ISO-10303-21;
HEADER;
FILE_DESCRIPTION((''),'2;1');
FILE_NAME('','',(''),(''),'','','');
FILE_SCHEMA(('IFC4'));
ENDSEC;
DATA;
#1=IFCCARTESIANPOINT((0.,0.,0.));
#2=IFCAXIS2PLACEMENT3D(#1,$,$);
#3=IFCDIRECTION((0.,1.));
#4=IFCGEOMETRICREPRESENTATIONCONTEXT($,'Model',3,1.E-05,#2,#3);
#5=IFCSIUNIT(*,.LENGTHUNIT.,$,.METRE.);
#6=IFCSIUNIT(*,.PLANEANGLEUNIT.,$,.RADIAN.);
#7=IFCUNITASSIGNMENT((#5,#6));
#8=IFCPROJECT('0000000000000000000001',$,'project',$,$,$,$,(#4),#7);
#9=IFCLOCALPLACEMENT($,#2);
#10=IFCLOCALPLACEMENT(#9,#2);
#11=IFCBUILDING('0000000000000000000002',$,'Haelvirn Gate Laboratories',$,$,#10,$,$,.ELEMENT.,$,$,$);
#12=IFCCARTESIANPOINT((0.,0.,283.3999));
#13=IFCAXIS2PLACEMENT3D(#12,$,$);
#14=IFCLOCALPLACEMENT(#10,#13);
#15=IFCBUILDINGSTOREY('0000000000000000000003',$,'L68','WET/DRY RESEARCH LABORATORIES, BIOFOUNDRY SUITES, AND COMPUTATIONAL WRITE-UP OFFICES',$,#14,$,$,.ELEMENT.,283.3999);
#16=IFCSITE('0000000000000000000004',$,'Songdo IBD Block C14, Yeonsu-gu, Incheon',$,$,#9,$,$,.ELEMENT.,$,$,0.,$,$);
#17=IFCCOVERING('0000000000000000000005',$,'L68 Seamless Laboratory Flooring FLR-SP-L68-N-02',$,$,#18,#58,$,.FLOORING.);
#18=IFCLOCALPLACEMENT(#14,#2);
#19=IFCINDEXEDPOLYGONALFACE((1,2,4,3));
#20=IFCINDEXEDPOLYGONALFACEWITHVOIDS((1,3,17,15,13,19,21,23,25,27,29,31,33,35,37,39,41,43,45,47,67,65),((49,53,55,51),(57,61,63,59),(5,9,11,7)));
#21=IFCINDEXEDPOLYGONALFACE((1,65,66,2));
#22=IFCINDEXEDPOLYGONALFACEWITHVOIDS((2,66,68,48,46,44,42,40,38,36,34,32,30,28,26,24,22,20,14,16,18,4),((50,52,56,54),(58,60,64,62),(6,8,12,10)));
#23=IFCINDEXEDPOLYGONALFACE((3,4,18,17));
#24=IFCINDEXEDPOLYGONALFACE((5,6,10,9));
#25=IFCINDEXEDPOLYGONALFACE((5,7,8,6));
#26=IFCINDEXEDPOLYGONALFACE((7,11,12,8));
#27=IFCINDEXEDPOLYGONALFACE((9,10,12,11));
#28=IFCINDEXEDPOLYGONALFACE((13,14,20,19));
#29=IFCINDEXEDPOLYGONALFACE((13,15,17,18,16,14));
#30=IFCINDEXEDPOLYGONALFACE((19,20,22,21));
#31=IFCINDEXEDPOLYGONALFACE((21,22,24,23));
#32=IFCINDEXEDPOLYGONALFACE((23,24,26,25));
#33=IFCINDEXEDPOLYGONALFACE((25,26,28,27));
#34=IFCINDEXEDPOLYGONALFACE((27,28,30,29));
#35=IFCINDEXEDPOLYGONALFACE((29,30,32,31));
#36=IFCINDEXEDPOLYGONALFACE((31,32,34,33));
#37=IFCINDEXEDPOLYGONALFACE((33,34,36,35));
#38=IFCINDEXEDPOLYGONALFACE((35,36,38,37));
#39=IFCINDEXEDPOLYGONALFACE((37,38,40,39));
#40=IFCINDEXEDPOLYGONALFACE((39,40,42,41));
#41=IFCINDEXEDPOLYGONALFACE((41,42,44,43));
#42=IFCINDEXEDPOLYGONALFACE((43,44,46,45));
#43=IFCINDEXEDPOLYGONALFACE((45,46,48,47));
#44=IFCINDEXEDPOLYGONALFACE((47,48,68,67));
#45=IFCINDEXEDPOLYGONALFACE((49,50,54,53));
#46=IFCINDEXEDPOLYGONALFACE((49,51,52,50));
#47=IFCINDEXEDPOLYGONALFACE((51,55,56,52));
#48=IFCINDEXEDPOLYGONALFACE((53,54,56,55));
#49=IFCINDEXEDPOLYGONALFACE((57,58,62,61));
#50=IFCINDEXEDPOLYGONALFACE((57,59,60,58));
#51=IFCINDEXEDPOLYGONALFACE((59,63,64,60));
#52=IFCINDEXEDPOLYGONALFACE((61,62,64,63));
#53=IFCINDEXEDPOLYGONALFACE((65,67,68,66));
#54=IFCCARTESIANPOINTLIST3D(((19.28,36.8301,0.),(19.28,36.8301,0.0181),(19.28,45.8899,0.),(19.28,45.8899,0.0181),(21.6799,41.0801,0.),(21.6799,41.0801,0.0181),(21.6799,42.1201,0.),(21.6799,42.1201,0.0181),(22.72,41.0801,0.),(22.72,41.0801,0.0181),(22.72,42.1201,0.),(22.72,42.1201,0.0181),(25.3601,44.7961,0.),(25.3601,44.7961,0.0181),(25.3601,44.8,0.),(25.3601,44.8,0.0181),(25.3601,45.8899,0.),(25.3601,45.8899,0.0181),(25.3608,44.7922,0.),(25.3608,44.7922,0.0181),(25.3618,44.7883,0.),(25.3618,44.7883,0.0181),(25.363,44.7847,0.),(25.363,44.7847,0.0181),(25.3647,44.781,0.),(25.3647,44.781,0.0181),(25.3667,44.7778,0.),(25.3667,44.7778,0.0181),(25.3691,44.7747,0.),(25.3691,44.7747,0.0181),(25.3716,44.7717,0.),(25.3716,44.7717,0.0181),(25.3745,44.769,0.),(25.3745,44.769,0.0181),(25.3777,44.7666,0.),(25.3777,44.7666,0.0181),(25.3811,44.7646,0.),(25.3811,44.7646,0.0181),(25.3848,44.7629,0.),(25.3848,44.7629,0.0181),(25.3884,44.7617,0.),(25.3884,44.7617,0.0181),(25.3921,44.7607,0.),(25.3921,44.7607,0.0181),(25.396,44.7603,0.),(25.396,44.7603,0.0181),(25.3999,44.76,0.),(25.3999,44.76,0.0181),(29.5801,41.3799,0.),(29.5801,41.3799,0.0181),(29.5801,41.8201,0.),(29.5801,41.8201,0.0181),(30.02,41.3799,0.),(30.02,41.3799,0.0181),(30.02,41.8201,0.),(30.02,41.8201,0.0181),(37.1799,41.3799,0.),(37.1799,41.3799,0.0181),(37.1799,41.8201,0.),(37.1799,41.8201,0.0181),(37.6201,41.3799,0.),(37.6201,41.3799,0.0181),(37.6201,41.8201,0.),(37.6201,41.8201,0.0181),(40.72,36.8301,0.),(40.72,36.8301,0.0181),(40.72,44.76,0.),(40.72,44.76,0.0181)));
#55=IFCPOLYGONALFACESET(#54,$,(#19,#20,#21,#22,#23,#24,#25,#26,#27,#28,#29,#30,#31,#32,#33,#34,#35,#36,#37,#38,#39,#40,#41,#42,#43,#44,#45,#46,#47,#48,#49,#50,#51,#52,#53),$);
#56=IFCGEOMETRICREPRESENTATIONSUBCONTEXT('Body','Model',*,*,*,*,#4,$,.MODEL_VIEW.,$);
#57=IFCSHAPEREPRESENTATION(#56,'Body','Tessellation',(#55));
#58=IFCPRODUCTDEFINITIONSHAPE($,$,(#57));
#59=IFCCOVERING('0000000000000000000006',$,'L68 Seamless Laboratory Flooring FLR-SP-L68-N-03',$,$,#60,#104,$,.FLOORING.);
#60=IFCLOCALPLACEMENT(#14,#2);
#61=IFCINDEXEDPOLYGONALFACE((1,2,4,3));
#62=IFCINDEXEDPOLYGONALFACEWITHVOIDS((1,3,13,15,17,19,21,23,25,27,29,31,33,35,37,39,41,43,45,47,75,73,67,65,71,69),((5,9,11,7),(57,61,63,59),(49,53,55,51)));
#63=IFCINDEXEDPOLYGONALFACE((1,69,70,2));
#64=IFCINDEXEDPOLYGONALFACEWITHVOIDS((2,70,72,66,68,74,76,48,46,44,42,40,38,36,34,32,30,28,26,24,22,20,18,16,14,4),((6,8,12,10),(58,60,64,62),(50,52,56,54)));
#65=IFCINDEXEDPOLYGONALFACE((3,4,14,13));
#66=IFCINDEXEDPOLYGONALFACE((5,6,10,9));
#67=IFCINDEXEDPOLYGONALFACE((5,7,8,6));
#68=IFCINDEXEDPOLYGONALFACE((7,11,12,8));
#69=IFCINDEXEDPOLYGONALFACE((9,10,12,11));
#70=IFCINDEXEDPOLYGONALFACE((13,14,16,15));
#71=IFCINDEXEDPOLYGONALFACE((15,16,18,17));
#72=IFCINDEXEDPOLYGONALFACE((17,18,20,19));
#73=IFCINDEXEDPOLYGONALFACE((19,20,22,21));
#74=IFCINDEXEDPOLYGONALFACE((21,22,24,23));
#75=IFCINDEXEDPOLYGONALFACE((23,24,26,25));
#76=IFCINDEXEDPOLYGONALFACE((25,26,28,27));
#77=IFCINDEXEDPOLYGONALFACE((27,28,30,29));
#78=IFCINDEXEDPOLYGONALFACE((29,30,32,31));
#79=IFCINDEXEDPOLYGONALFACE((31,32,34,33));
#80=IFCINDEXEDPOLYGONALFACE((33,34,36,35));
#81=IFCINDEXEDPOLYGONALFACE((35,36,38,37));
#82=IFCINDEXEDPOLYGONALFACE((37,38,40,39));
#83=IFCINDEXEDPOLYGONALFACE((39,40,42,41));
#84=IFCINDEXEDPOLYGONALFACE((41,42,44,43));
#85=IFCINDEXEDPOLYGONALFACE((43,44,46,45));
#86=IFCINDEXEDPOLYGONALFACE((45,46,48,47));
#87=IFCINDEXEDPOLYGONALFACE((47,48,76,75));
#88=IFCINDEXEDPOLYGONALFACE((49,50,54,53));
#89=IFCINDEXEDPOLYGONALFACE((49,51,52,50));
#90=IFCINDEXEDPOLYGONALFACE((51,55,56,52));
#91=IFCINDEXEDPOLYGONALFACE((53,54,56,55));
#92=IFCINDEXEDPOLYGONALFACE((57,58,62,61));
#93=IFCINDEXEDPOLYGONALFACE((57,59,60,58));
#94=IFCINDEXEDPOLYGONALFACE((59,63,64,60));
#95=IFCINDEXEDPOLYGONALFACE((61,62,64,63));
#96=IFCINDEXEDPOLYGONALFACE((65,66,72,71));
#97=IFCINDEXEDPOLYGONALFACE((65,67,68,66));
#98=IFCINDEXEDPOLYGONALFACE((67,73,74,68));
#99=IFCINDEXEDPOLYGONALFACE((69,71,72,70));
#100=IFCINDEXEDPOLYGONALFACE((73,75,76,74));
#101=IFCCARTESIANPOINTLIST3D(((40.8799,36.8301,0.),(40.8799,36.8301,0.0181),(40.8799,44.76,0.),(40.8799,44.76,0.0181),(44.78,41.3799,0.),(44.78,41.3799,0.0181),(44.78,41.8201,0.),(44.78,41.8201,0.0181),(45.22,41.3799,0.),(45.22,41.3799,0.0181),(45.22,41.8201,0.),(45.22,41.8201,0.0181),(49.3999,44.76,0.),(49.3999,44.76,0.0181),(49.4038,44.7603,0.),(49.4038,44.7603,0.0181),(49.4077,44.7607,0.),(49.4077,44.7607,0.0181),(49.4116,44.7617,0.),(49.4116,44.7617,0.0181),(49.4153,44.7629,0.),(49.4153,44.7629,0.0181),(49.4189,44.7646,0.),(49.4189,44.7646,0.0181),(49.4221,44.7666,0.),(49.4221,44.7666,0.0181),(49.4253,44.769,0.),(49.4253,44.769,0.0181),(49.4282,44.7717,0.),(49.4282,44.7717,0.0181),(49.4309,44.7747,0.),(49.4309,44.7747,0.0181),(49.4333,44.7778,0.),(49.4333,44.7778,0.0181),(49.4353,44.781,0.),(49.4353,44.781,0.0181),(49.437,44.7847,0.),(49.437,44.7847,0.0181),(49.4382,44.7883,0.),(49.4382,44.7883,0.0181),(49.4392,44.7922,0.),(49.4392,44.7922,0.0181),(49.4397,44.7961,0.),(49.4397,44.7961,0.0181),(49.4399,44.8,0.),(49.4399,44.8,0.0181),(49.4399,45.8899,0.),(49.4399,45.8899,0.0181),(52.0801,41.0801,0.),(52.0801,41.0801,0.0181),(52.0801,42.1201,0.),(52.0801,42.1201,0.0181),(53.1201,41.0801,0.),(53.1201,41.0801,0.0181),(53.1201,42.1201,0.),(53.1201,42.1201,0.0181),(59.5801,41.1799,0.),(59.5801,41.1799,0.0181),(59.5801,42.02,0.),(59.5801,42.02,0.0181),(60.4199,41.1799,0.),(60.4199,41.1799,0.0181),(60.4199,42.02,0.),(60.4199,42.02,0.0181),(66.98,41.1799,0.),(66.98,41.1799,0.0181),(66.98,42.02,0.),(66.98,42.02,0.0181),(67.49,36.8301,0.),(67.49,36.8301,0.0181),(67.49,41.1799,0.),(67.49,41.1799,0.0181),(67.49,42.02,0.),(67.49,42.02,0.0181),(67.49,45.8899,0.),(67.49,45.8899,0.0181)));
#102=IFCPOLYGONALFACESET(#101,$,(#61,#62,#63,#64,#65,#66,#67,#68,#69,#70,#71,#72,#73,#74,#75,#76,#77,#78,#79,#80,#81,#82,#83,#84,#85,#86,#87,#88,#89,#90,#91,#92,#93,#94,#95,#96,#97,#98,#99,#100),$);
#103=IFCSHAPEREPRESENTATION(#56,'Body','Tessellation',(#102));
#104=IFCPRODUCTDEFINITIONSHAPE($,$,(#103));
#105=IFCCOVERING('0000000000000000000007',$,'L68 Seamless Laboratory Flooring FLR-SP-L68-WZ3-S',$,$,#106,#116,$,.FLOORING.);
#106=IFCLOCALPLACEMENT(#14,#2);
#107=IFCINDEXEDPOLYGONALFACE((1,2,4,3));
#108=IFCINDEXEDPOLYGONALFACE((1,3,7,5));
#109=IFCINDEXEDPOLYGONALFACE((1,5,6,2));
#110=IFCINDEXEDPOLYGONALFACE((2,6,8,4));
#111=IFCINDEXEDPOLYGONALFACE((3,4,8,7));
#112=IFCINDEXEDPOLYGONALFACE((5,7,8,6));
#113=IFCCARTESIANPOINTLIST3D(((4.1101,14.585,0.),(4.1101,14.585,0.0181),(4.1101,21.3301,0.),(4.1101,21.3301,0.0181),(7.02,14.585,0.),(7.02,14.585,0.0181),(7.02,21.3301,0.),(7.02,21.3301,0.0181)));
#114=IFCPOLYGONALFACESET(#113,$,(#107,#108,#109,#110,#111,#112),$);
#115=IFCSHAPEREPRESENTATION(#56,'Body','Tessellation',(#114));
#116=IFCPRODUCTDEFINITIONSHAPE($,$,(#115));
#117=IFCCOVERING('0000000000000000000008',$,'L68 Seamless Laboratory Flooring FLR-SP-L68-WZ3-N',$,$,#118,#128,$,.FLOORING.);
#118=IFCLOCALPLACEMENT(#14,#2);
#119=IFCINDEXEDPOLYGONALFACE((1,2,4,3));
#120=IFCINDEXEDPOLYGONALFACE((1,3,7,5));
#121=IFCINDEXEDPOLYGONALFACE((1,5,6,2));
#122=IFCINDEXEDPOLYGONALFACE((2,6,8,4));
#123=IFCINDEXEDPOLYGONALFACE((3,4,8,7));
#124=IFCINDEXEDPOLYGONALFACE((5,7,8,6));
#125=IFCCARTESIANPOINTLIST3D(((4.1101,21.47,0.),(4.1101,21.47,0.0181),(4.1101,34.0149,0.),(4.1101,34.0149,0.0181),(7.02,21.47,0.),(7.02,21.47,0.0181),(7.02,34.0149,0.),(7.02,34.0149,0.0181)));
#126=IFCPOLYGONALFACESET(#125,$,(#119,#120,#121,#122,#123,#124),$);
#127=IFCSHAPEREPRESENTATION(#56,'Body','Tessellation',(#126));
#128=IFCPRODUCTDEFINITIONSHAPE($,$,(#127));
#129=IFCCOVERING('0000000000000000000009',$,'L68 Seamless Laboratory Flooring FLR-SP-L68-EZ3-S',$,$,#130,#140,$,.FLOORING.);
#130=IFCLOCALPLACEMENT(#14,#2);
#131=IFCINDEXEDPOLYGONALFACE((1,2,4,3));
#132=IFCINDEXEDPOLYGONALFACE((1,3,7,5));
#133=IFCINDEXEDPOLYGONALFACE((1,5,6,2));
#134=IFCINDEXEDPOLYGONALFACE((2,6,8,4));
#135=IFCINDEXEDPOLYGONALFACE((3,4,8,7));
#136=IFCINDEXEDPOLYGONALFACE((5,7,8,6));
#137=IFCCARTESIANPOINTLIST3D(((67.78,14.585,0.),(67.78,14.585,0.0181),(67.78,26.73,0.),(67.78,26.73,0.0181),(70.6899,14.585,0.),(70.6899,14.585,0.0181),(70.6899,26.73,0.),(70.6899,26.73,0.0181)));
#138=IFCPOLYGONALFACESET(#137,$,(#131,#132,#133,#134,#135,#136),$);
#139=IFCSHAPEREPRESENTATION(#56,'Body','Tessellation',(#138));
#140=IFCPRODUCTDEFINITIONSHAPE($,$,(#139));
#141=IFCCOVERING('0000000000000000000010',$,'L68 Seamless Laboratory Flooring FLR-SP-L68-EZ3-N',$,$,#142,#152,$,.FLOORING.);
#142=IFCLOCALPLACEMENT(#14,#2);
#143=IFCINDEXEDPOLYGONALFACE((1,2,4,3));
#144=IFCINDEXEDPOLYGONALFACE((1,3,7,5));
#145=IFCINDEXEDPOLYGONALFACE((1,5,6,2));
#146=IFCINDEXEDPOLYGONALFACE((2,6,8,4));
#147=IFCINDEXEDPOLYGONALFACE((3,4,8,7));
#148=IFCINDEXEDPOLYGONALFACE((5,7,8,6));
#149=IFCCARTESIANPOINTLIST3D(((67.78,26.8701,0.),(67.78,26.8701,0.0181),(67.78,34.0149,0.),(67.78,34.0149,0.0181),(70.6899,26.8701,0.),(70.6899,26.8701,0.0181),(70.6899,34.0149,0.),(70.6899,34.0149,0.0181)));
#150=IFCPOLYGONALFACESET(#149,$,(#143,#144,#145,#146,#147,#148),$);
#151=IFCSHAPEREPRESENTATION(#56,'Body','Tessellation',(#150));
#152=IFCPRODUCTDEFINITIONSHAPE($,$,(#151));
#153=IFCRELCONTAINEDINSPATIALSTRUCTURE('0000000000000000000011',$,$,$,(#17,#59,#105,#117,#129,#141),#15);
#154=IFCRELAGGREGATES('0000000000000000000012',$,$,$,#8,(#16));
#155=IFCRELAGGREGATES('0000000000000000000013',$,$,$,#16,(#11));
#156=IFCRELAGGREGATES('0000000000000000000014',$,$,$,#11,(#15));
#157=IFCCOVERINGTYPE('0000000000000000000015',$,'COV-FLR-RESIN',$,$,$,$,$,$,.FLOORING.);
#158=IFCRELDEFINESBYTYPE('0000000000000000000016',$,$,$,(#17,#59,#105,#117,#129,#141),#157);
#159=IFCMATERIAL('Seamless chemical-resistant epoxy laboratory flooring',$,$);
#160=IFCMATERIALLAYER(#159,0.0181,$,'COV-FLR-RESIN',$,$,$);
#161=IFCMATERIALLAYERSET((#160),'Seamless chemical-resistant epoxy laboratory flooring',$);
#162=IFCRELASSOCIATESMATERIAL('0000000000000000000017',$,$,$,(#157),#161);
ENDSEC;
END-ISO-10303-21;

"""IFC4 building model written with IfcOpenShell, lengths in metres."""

from ifc_helpers import new_model, si_unit, direction, frame, origin, place, context, subcontext, project, spatial, polyline, outline, extrude, material, layer, layer_set, type_object, element, save


model = new_model("IFC4")

# Units and contexts
model_context = context("Model", 3, precision=1e-05, world=origin(), true_north=direction((0.0, 1.0)))
body_context = subcontext(model_context, "Body", "Model", "MODEL_VIEW")
ifc_project = project(units=[si_unit("LENGTHUNIT", "METRE"), si_unit("PLANEANGLEUNIT", "RADIAN")], contexts=[model_context])

# Site, building, storey
site_placement = place(None, origin())
site = spatial("IfcSite", under=ifc_project, at=site_placement, Name="Songdo IBD Block C14, Yeonsu-gu, Incheon", CompositionType="ELEMENT", RefElevation=0.0)
building_placement = place(site_placement, origin())
building = spatial("IfcBuilding", under=site, at=building_placement, Name="Haelvirn Gate Laboratories", CompositionType="ELEMENT")
storey_placement = place(building_placement, frame((0.0, 0.0, 283.3999)))
storey = spatial("IfcBuildingStorey", under=building, at=storey_placement, Name="L68", Description="WET/DRY RESEARCH LABORATORIES, BIOFOUNDRY SUITES, AND COMPUTATIONAL WRITE-UP OFFICES", CompositionType="ELEMENT", Elevation=283.3999)

# Coverings
ifc_material_1 = material(Name="Seamless chemical-resistant epoxy laboratory flooring")
ifc_layer_1 = layer(ifc_material_1, 0.0181, Name="COV-FLR-RESIN")
ifc_layer_set_1 = layer_set([ifc_layer_1], Name="Seamless chemical-resistant epoxy laboratory flooring")
covering_type = type_object("IfcCoveringType", Name="COV-FLR-RESIN", PredefinedType="FLOORING", material=ifc_layer_set_1)
covering_1_placement = place(storey_placement, origin())
element("IfcCovering", 1, at=covering_1_placement, inside=storey, type_object=covering_type, Name="L68 Seamless Laboratory Flooring FLR-SP-L68-N-02", PredefinedType="FLOORING", context=body_context, shape_type="SweptSolid", body=[
    extrude(outline(polyline([(25.3601, 44.8), (25.3601, 44.7961), (25.3608, 44.7922), (25.3618, 44.7883), (25.363, 44.7847), (25.3647, 44.781), (25.3667, 44.7778), (25.3691, 44.7747), (25.3716, 44.7717), (25.3745, 44.769), (25.3777, 44.7666), (25.3811, 44.7646), (25.3848, 44.7629), (25.3884, 44.7617), (25.3921, 44.7607), (25.396, 44.7603), (25.3999, 44.76), (40.72, 44.76), (40.72, 36.8301), (19.28, 36.8301), (19.28, 45.8899), (25.3601, 45.8899), (25.3601, 44.8)]), holes=[polyline([(22.72, 41.0801), (22.72, 42.1201), (21.6799, 42.1201), (21.6799, 41.0801), (22.72, 41.0801)]), polyline([(29.5801, 41.3799), (30.02, 41.3799), (30.02, 41.8201), (29.5801, 41.8201), (29.5801, 41.3799)]), polyline([(37.1799, 41.8201), (37.1799, 41.3799), (37.6201, 41.3799), (37.6201, 41.8201), (37.1799, 41.8201)])]), origin(), (0.0, 0.0, 1.0), 0.0181),
])
covering_2_placement = place(storey_placement, origin())
element("IfcCovering", 2, at=covering_2_placement, inside=storey, type_object=covering_type, Name="L68 Seamless Laboratory Flooring FLR-SP-L68-N-03", PredefinedType="FLOORING", context=body_context, shape_type="SweptSolid", body=[
    extrude(outline(polyline([(49.4038, 44.7603), (49.4077, 44.7607), (49.4116, 44.7617), (49.4153, 44.7629), (49.4189, 44.7646), (49.4221, 44.7666), (49.4253, 44.769), (49.4282, 44.7717), (49.4309, 44.7747), (49.4333, 44.7778), (49.4353, 44.781), (49.437, 44.7847), (49.4382, 44.7883), (49.4392, 44.7922), (49.4397, 44.7961), (49.4399, 44.8), (49.4399, 45.8899), (67.49, 45.8899), (67.49, 42.02), (66.98, 42.02), (66.98, 41.1799), (67.49, 41.1799), (67.49, 36.8301), (40.8799, 36.8301), (40.8799, 44.76), (49.3999, 44.76), (49.4038, 44.7603)]), holes=[polyline([(53.1201, 42.1201), (52.0801, 42.1201), (52.0801, 41.0801), (53.1201, 41.0801), (53.1201, 42.1201)]), polyline([(60.4199, 41.1799), (60.4199, 42.02), (59.5801, 42.02), (59.5801, 41.1799), (60.4199, 41.1799)]), polyline([(44.78, 41.8201), (44.78, 41.3799), (45.22, 41.3799), (45.22, 41.8201), (44.78, 41.8201)])]), origin(), (0.0, 0.0, 1.0), 0.0181),
])
covering_3_placement = place(storey_placement, origin())
element("IfcCovering", 3, at=covering_3_placement, inside=storey, type_object=covering_type, Name="L68 Seamless Laboratory Flooring FLR-SP-L68-WZ3-S", PredefinedType="FLOORING", context=body_context, shape_type="SweptSolid", body=[
    extrude(outline(polyline([(4.1101, 21.3301), (7.02, 21.3301), (7.02, 14.585), (4.1101, 14.585), (4.1101, 21.3301)])), origin(), (0.0, 0.0, 1.0), 0.0181),
])
covering_4_placement = place(storey_placement, origin())
element("IfcCovering", 4, at=covering_4_placement, inside=storey, type_object=covering_type, Name="L68 Seamless Laboratory Flooring FLR-SP-L68-WZ3-N", PredefinedType="FLOORING", context=body_context, shape_type="SweptSolid", body=[
    extrude(outline(polyline([(4.1101, 34.0149), (7.02, 34.0149), (7.02, 21.47), (4.1101, 21.47), (4.1101, 34.0149)])), origin(), (0.0, 0.0, 1.0), 0.0181),
])
covering_5_placement = place(storey_placement, origin())
element("IfcCovering", 5, at=covering_5_placement, inside=storey, type_object=covering_type, Name="L68 Seamless Laboratory Flooring FLR-SP-L68-EZ3-S", PredefinedType="FLOORING", context=body_context, shape_type="SweptSolid", body=[
    extrude(outline(polyline([(67.78, 26.73), (70.6899, 26.73), (70.6899, 14.585), (67.78, 14.585), (67.78, 26.73)])), origin(), (0.0, 0.0, 1.0), 0.0181),
])
covering_6_placement = place(storey_placement, origin())
element("IfcCovering", 6, at=covering_6_placement, inside=storey, type_object=covering_type, Name="L68 Seamless Laboratory Flooring FLR-SP-L68-EZ3-N", PredefinedType="FLOORING", context=body_context, shape_type="SweptSolid", body=[
    extrude(outline(polyline([(67.78, 34.0149), (70.6899, 34.0149), (70.6899, 26.8701), (67.78, 26.8701), (67.78, 34.0149)])), origin(), (0.0, 0.0, 1.0), 0.0181),
])

save(model, "model.ifc")
